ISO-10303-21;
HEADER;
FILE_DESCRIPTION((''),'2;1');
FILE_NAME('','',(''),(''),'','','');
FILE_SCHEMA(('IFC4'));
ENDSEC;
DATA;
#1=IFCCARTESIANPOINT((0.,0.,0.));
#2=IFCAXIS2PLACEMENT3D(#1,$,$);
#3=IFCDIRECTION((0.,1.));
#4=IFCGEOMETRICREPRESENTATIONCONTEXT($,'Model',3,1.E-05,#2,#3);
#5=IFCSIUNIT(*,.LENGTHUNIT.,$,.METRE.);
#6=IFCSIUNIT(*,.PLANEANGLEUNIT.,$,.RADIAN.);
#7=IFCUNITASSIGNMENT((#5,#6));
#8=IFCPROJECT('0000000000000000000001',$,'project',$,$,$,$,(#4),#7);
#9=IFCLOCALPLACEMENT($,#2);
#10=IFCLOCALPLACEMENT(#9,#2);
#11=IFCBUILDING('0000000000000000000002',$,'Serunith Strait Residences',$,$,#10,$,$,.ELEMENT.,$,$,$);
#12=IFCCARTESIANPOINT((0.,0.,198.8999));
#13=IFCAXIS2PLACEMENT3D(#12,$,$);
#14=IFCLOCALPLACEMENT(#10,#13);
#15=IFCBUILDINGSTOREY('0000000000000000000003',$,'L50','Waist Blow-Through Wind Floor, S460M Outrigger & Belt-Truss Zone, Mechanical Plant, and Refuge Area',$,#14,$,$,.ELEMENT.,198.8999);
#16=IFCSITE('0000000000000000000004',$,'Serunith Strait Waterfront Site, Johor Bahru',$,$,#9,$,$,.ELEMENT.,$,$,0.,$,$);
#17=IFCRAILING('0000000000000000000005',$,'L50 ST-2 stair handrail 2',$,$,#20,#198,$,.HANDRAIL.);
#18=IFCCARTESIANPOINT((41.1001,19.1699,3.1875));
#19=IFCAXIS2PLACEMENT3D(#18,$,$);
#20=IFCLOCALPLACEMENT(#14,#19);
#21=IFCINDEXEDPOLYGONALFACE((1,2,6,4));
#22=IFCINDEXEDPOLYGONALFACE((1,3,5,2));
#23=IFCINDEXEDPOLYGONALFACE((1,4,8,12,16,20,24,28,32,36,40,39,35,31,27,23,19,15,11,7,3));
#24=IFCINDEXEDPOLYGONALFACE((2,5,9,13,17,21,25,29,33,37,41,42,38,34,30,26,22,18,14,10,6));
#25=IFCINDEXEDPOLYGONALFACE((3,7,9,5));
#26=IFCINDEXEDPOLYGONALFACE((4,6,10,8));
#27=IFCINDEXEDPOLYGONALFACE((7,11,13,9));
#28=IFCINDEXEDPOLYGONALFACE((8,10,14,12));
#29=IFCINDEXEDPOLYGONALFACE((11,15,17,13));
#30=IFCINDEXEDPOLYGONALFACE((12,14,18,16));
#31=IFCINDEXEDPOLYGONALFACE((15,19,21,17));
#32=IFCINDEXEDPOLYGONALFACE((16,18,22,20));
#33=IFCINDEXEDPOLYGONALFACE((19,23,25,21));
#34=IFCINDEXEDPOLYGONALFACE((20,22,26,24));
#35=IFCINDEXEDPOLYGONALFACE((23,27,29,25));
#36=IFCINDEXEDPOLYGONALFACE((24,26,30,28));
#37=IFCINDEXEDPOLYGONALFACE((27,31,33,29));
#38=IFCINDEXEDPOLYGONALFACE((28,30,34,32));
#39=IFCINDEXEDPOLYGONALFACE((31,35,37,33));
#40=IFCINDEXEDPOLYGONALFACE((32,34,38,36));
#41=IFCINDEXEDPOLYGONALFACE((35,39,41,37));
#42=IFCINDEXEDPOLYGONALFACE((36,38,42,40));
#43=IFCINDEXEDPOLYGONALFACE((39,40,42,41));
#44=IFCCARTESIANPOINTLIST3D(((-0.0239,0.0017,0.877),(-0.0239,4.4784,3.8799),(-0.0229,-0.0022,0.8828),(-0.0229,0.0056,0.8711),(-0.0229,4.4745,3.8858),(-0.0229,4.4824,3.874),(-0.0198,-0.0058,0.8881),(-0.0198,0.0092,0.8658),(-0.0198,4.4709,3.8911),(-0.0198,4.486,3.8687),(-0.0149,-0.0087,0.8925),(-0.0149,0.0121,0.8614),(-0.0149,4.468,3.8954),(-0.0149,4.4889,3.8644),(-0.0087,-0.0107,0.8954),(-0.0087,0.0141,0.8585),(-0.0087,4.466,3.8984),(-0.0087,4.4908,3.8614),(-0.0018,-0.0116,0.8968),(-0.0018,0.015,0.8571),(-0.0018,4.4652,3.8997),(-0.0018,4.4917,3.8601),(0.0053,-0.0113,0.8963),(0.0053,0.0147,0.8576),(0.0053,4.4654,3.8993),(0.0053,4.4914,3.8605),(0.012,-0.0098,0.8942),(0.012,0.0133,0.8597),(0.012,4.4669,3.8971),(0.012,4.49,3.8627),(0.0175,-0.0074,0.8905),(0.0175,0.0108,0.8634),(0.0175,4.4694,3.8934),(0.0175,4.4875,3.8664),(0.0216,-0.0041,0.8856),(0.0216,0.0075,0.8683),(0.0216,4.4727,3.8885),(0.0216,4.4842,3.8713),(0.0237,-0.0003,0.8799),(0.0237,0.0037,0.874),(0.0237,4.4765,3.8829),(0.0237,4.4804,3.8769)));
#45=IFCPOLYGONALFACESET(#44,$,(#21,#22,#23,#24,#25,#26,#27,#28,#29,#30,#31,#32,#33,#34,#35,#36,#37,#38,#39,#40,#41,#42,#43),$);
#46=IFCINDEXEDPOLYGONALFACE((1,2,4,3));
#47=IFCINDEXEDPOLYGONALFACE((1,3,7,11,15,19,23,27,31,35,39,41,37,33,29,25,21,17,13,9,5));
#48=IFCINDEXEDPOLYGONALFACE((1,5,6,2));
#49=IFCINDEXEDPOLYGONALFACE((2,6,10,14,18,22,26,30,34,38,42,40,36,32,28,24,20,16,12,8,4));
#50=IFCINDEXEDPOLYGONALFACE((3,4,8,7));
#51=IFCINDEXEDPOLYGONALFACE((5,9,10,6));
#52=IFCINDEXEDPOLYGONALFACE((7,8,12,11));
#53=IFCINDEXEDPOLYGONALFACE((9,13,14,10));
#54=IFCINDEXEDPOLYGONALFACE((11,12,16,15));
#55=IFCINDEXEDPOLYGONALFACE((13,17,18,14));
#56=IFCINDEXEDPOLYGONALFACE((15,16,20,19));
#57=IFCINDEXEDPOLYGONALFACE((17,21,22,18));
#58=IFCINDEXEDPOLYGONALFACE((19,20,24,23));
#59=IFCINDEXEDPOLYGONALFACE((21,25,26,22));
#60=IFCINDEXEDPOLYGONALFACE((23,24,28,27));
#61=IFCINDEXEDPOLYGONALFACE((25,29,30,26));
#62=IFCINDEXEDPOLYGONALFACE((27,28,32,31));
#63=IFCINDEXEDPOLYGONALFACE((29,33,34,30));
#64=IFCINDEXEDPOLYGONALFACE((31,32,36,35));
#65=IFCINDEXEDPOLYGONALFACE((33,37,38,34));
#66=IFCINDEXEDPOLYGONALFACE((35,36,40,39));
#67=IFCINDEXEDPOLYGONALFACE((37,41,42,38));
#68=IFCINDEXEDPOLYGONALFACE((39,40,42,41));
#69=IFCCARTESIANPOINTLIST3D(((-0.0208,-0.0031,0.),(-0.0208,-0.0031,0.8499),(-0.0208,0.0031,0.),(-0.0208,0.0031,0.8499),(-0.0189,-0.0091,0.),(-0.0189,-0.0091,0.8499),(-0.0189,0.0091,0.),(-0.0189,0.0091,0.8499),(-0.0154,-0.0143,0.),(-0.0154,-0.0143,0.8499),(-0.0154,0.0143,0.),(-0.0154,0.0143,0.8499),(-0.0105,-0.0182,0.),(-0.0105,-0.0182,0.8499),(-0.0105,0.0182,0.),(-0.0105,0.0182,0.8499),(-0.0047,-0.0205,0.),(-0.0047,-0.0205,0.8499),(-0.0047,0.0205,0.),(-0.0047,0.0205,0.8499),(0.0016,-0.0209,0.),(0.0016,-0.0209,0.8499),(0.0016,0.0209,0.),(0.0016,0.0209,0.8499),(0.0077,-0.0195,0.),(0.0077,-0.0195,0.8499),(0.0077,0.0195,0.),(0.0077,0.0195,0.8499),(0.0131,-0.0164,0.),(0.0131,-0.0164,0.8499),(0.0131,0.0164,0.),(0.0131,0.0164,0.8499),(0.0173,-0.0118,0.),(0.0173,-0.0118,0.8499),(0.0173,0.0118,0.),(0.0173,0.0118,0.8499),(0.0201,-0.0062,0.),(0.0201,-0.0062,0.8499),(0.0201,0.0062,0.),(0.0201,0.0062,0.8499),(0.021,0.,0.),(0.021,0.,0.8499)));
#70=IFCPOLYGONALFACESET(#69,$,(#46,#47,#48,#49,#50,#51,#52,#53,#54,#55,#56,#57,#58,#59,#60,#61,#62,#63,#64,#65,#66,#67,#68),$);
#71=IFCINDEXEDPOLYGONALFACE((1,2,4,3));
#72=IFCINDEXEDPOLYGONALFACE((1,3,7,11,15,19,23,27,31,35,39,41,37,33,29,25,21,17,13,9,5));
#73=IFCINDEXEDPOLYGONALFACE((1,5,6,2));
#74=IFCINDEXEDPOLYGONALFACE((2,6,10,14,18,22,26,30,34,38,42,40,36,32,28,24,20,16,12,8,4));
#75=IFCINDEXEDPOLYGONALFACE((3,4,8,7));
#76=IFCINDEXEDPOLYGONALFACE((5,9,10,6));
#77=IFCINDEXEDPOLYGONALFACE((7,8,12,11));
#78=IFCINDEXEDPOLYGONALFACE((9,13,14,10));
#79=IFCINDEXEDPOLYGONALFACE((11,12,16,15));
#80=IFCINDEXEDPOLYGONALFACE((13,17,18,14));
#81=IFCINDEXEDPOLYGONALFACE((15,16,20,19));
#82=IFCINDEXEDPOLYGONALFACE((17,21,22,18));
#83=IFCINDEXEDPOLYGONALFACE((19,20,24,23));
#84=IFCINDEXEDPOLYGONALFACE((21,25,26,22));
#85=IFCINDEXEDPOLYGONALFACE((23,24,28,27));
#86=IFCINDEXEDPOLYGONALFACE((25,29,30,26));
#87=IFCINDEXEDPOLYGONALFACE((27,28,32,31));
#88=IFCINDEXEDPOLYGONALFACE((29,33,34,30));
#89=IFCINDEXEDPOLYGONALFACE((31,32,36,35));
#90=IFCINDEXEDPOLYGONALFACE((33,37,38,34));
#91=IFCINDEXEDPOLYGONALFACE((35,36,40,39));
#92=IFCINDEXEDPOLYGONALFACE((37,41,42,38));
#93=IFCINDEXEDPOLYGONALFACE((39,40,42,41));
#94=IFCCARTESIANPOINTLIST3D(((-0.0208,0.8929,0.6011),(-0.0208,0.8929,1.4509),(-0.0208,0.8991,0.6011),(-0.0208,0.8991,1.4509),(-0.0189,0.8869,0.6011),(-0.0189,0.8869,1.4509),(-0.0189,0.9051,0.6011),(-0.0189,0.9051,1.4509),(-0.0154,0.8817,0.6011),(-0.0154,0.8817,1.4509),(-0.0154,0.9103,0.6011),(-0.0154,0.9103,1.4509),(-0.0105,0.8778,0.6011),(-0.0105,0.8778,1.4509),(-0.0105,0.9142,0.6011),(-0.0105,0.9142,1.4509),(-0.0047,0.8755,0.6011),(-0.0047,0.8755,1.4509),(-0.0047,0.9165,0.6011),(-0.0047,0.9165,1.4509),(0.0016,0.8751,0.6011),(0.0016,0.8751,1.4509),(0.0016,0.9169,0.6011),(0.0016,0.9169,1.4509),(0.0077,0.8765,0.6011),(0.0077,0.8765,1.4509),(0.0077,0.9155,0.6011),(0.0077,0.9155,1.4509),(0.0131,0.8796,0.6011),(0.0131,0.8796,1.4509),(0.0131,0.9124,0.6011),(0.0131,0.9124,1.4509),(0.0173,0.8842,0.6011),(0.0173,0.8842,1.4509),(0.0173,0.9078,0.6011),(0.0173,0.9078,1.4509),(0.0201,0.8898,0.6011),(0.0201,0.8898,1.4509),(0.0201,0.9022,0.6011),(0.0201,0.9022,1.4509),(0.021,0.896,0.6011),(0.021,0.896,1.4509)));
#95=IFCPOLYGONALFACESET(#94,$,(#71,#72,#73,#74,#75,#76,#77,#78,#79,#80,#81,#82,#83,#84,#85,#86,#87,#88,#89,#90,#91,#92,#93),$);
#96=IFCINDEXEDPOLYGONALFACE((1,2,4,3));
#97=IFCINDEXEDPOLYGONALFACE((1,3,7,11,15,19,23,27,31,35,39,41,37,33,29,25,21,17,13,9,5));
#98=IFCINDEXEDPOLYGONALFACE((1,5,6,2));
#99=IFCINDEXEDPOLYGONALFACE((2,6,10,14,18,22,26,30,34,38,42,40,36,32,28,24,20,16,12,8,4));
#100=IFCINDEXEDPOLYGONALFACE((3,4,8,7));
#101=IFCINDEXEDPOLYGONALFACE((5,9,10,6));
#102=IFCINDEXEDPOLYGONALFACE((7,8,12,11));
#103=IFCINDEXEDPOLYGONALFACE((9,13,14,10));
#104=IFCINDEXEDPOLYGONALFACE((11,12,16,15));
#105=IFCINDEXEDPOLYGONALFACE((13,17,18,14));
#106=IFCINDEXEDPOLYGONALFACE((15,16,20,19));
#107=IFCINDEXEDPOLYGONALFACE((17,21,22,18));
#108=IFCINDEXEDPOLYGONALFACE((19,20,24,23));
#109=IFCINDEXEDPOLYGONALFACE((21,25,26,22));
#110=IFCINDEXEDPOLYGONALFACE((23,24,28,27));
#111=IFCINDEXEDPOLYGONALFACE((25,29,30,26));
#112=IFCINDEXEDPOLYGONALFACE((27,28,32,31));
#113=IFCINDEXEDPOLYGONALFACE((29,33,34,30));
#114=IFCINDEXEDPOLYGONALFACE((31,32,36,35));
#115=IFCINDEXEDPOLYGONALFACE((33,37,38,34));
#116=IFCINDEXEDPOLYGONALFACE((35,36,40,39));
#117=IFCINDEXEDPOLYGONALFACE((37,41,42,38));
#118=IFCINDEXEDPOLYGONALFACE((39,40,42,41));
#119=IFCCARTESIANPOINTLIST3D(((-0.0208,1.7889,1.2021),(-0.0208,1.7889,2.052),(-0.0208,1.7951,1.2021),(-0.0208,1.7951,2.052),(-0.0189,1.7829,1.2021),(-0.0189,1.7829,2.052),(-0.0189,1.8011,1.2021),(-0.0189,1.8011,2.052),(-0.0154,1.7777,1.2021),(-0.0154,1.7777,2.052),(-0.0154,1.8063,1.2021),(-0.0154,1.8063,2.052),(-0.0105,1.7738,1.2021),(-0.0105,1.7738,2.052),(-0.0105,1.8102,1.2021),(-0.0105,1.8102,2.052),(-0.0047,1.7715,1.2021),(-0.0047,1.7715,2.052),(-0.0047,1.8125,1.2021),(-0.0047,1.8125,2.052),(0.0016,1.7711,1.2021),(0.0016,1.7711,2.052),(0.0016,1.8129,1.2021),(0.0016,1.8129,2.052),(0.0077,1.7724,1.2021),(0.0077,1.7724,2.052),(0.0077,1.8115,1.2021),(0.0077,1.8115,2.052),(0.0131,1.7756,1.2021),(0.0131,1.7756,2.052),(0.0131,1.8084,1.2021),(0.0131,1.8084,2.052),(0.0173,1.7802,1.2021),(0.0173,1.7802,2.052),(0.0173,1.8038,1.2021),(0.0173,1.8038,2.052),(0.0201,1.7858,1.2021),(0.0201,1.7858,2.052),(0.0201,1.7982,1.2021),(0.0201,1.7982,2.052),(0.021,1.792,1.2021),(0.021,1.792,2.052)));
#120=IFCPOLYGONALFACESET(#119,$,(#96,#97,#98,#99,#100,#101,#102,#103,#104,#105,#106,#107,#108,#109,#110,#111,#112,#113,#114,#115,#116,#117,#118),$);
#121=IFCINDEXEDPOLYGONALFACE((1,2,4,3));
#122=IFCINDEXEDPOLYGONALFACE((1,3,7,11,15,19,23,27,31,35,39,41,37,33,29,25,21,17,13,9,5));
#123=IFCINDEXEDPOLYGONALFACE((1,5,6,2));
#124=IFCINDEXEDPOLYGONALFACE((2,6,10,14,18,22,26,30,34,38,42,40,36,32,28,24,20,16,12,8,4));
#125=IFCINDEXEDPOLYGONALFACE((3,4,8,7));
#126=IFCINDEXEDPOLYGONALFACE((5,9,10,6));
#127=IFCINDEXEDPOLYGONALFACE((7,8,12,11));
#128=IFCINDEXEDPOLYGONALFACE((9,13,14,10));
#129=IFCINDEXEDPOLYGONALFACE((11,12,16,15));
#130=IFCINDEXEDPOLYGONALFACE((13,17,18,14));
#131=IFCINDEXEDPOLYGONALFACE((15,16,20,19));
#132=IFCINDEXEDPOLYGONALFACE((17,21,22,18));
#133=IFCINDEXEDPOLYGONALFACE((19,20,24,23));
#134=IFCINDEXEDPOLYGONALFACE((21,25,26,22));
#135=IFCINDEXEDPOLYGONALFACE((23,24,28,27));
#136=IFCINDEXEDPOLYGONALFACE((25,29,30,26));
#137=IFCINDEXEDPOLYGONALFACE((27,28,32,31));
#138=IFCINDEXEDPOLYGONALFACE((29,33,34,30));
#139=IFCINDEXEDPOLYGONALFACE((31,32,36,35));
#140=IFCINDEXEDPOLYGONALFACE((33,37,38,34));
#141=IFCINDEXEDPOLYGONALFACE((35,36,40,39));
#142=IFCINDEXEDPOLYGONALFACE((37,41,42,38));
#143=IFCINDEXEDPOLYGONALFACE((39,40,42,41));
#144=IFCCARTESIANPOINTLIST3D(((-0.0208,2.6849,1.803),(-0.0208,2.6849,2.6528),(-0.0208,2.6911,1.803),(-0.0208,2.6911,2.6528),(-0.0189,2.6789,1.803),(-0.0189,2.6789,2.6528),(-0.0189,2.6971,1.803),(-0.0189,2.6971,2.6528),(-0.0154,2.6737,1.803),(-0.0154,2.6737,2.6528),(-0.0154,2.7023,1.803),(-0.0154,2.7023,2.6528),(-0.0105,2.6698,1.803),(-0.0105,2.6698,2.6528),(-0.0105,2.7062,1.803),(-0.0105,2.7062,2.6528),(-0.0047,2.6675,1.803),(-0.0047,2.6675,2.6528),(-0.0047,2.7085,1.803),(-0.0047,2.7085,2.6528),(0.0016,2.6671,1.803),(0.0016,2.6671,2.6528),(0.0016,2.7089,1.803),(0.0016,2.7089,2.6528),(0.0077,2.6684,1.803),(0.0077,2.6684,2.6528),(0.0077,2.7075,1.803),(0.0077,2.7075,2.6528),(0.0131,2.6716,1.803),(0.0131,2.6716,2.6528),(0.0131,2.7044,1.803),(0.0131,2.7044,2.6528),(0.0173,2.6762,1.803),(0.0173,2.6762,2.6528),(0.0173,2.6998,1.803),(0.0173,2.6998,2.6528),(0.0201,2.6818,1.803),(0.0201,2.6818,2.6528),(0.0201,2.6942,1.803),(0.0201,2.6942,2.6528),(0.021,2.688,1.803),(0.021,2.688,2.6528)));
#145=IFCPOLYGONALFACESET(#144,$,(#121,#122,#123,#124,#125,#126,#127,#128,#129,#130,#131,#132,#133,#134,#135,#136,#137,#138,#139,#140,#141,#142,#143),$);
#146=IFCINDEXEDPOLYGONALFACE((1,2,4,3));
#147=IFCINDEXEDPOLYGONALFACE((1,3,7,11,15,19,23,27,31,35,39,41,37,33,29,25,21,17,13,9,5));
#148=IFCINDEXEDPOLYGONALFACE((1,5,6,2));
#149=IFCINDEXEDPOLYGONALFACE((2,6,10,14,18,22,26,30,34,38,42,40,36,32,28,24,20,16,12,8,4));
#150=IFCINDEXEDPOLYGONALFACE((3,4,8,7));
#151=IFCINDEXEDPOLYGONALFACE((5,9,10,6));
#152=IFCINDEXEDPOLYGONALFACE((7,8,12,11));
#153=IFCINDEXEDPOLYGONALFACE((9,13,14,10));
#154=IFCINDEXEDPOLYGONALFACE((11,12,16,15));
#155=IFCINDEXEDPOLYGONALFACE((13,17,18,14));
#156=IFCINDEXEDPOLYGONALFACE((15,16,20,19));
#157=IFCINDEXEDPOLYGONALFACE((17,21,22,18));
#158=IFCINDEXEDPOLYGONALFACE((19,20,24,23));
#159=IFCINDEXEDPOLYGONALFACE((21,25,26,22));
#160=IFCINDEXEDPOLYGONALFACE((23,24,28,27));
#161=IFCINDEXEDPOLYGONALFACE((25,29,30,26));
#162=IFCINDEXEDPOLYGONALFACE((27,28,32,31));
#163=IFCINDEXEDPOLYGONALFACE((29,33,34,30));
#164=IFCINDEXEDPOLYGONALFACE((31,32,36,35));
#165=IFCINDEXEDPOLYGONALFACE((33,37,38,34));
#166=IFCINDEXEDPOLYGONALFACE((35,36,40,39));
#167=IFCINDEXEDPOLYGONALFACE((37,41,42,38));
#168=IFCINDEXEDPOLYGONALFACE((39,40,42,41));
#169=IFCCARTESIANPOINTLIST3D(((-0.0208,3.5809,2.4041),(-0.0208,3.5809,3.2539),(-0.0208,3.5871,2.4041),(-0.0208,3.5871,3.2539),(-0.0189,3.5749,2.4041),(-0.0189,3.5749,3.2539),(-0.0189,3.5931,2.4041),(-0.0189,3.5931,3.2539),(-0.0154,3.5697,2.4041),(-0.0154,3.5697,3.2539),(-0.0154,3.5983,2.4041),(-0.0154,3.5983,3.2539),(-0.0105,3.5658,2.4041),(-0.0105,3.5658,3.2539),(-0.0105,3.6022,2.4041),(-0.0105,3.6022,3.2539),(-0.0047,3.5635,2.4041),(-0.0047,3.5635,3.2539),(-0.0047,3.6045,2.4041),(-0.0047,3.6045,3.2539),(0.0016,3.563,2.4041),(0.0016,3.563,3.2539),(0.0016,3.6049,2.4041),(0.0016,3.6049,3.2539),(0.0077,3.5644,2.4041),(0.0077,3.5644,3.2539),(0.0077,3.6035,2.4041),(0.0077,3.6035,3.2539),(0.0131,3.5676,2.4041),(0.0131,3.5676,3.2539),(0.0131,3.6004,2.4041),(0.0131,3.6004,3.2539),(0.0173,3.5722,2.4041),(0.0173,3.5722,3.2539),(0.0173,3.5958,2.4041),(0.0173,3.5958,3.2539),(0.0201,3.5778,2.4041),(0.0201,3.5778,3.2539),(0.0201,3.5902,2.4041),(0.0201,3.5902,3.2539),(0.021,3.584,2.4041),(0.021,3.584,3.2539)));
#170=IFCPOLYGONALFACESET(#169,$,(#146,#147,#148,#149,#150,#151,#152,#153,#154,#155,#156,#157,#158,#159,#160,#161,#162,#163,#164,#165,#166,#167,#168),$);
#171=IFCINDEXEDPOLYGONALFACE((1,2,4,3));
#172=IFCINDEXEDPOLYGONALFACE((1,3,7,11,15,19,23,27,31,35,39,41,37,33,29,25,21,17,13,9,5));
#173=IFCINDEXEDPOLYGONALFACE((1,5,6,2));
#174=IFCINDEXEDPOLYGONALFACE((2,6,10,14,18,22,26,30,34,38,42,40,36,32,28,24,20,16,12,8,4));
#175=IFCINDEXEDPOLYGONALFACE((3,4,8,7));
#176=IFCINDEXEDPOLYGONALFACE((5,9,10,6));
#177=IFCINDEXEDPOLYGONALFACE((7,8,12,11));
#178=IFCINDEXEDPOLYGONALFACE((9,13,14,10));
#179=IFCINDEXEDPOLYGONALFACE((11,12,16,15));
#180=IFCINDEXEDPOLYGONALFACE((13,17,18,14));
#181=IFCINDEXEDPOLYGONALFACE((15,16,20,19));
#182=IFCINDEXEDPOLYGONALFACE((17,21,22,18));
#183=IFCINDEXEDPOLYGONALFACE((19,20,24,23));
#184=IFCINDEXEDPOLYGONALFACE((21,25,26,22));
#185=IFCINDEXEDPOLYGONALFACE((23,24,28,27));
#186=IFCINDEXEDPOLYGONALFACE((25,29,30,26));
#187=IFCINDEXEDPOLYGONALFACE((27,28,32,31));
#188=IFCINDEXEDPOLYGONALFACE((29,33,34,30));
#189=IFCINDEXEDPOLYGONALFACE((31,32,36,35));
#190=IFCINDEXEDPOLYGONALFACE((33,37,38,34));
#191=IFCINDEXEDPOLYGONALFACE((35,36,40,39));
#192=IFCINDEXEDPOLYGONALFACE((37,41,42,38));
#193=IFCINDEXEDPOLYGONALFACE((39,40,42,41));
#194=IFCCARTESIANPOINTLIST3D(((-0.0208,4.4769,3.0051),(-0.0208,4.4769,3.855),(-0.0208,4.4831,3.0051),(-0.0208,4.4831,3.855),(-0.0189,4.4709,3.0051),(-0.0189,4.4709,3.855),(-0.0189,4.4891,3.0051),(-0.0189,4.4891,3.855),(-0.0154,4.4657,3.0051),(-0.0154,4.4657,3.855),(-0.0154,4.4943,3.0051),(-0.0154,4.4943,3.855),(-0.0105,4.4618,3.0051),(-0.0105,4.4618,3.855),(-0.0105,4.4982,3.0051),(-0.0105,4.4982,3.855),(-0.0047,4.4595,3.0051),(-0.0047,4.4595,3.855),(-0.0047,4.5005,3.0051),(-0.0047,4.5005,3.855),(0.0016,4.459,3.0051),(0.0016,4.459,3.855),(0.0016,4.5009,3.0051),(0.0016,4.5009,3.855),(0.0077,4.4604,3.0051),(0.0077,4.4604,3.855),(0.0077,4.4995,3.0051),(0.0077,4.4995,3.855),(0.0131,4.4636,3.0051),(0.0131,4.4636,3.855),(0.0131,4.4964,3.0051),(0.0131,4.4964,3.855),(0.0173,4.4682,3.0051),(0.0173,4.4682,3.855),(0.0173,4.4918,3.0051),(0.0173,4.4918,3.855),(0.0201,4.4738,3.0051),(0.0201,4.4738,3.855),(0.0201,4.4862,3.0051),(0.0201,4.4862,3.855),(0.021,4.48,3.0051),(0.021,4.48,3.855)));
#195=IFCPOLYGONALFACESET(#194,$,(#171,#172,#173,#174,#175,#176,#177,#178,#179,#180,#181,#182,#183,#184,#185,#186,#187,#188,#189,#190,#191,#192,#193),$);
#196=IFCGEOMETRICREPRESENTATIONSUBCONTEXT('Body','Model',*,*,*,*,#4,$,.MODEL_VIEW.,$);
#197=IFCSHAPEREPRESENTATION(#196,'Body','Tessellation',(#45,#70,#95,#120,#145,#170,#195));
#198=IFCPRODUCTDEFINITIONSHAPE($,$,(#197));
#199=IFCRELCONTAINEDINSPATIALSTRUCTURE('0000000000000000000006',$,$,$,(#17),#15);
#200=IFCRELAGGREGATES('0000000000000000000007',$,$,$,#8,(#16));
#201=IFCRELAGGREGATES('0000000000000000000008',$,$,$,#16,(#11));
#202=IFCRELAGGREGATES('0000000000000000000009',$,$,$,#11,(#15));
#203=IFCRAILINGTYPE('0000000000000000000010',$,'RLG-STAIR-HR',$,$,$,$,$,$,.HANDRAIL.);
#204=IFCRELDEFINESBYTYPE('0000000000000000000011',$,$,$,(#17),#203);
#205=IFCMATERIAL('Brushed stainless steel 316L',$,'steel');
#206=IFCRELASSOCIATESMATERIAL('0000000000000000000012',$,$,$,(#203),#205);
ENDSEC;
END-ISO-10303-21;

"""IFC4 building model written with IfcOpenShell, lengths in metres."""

from ifc_helpers import new_model, si_unit, direction, frame, origin, origin_2d, place, context, subcontext, project, spatial, circle, extrude, material, type_object, element, save


model = new_model("IFC4")

# Units and contexts
model_context = context("Model", 3, precision=1e-05, world=origin(), true_north=direction((0.0, 1.0)))
body_context = subcontext(model_context, "Body", "Model", "MODEL_VIEW")
ifc_project = project(units=[si_unit("LENGTHUNIT", "METRE"), si_unit("PLANEANGLEUNIT", "RADIAN")], contexts=[model_context])

# Site, building, storey
site_placement = place(None, origin())
site = spatial("IfcSite", under=ifc_project, at=site_placement, Name="Serunith Strait Waterfront Site, Johor Bahru", CompositionType="ELEMENT", RefElevation=0.0)
building_placement = place(site_placement, origin())
building = spatial("IfcBuilding", under=site, at=building_placement, Name="Serunith Strait Residences", CompositionType="ELEMENT")
storey_placement = place(building_placement, frame((0.0, 0.0, 198.8999)))
storey = spatial("IfcBuildingStorey", under=building, at=storey_placement, Name="L50", Description="Waist Blow-Through Wind Floor, S460M Outrigger & Belt-Truss Zone, Mechanical Plant, and Refuge Area", CompositionType="ELEMENT", Elevation=198.8999)

# Railing
ifc_material_1 = material(Name="Brushed stainless steel 316L", Category="steel")
railing_type_1 = type_object("IfcRailingType", Name="RLG-STAIR-HR", PredefinedType="HANDRAIL", material=ifc_material_1)
railing_1_placement = place(storey_placement, frame((41.1001, 19.1699, 3.1875)))
element("IfcRailing", 1, at=railing_1_placement, inside=storey, type_object=railing_type_1, Name="L50 ST-2 stair handrail 2", PredefinedType="HANDRAIL", context=body_context, shape_type="SweptSolid", body=[
    extrude(circle(Radius=0.0239, at=origin_2d()), frame((0.0, 0.0017, 0.877), z_axis=(0.0, 0.830466, 0.557069), x_axis=(-1.0, 0.0, 0.0)), (0.0, 0.0, 1.0), 5.3906),
    extrude(circle(Radius=0.021, at=origin_2d()), origin(), (0.0, 0.0, 1.0), 0.8499),
    extrude(circle(Radius=0.021, at=origin_2d()), frame((0.0, 0.896, 0.6011)), (0.0, 0.0, 1.0), 0.8499),
    extrude(circle(Radius=0.021, at=origin_2d()), frame((0.0, 1.792, 1.2021)), (0.0, 0.0, 1.0), 0.8499),
    extrude(circle(Radius=0.021, at=origin_2d()), frame((0.0, 2.688, 1.803)), (0.0, 0.0, 1.0), 0.8499),
    extrude(circle(Radius=0.021, at=origin_2d()), frame((0.0, 3.584, 2.4041)), (0.0, 0.0, 1.0), 0.8499),
    extrude(circle(Radius=0.021, at=origin_2d()), frame((0.0, 4.48, 3.0051)), (0.0, 0.0, 1.0), 0.8499),
])

save(model, "model.ifc")
